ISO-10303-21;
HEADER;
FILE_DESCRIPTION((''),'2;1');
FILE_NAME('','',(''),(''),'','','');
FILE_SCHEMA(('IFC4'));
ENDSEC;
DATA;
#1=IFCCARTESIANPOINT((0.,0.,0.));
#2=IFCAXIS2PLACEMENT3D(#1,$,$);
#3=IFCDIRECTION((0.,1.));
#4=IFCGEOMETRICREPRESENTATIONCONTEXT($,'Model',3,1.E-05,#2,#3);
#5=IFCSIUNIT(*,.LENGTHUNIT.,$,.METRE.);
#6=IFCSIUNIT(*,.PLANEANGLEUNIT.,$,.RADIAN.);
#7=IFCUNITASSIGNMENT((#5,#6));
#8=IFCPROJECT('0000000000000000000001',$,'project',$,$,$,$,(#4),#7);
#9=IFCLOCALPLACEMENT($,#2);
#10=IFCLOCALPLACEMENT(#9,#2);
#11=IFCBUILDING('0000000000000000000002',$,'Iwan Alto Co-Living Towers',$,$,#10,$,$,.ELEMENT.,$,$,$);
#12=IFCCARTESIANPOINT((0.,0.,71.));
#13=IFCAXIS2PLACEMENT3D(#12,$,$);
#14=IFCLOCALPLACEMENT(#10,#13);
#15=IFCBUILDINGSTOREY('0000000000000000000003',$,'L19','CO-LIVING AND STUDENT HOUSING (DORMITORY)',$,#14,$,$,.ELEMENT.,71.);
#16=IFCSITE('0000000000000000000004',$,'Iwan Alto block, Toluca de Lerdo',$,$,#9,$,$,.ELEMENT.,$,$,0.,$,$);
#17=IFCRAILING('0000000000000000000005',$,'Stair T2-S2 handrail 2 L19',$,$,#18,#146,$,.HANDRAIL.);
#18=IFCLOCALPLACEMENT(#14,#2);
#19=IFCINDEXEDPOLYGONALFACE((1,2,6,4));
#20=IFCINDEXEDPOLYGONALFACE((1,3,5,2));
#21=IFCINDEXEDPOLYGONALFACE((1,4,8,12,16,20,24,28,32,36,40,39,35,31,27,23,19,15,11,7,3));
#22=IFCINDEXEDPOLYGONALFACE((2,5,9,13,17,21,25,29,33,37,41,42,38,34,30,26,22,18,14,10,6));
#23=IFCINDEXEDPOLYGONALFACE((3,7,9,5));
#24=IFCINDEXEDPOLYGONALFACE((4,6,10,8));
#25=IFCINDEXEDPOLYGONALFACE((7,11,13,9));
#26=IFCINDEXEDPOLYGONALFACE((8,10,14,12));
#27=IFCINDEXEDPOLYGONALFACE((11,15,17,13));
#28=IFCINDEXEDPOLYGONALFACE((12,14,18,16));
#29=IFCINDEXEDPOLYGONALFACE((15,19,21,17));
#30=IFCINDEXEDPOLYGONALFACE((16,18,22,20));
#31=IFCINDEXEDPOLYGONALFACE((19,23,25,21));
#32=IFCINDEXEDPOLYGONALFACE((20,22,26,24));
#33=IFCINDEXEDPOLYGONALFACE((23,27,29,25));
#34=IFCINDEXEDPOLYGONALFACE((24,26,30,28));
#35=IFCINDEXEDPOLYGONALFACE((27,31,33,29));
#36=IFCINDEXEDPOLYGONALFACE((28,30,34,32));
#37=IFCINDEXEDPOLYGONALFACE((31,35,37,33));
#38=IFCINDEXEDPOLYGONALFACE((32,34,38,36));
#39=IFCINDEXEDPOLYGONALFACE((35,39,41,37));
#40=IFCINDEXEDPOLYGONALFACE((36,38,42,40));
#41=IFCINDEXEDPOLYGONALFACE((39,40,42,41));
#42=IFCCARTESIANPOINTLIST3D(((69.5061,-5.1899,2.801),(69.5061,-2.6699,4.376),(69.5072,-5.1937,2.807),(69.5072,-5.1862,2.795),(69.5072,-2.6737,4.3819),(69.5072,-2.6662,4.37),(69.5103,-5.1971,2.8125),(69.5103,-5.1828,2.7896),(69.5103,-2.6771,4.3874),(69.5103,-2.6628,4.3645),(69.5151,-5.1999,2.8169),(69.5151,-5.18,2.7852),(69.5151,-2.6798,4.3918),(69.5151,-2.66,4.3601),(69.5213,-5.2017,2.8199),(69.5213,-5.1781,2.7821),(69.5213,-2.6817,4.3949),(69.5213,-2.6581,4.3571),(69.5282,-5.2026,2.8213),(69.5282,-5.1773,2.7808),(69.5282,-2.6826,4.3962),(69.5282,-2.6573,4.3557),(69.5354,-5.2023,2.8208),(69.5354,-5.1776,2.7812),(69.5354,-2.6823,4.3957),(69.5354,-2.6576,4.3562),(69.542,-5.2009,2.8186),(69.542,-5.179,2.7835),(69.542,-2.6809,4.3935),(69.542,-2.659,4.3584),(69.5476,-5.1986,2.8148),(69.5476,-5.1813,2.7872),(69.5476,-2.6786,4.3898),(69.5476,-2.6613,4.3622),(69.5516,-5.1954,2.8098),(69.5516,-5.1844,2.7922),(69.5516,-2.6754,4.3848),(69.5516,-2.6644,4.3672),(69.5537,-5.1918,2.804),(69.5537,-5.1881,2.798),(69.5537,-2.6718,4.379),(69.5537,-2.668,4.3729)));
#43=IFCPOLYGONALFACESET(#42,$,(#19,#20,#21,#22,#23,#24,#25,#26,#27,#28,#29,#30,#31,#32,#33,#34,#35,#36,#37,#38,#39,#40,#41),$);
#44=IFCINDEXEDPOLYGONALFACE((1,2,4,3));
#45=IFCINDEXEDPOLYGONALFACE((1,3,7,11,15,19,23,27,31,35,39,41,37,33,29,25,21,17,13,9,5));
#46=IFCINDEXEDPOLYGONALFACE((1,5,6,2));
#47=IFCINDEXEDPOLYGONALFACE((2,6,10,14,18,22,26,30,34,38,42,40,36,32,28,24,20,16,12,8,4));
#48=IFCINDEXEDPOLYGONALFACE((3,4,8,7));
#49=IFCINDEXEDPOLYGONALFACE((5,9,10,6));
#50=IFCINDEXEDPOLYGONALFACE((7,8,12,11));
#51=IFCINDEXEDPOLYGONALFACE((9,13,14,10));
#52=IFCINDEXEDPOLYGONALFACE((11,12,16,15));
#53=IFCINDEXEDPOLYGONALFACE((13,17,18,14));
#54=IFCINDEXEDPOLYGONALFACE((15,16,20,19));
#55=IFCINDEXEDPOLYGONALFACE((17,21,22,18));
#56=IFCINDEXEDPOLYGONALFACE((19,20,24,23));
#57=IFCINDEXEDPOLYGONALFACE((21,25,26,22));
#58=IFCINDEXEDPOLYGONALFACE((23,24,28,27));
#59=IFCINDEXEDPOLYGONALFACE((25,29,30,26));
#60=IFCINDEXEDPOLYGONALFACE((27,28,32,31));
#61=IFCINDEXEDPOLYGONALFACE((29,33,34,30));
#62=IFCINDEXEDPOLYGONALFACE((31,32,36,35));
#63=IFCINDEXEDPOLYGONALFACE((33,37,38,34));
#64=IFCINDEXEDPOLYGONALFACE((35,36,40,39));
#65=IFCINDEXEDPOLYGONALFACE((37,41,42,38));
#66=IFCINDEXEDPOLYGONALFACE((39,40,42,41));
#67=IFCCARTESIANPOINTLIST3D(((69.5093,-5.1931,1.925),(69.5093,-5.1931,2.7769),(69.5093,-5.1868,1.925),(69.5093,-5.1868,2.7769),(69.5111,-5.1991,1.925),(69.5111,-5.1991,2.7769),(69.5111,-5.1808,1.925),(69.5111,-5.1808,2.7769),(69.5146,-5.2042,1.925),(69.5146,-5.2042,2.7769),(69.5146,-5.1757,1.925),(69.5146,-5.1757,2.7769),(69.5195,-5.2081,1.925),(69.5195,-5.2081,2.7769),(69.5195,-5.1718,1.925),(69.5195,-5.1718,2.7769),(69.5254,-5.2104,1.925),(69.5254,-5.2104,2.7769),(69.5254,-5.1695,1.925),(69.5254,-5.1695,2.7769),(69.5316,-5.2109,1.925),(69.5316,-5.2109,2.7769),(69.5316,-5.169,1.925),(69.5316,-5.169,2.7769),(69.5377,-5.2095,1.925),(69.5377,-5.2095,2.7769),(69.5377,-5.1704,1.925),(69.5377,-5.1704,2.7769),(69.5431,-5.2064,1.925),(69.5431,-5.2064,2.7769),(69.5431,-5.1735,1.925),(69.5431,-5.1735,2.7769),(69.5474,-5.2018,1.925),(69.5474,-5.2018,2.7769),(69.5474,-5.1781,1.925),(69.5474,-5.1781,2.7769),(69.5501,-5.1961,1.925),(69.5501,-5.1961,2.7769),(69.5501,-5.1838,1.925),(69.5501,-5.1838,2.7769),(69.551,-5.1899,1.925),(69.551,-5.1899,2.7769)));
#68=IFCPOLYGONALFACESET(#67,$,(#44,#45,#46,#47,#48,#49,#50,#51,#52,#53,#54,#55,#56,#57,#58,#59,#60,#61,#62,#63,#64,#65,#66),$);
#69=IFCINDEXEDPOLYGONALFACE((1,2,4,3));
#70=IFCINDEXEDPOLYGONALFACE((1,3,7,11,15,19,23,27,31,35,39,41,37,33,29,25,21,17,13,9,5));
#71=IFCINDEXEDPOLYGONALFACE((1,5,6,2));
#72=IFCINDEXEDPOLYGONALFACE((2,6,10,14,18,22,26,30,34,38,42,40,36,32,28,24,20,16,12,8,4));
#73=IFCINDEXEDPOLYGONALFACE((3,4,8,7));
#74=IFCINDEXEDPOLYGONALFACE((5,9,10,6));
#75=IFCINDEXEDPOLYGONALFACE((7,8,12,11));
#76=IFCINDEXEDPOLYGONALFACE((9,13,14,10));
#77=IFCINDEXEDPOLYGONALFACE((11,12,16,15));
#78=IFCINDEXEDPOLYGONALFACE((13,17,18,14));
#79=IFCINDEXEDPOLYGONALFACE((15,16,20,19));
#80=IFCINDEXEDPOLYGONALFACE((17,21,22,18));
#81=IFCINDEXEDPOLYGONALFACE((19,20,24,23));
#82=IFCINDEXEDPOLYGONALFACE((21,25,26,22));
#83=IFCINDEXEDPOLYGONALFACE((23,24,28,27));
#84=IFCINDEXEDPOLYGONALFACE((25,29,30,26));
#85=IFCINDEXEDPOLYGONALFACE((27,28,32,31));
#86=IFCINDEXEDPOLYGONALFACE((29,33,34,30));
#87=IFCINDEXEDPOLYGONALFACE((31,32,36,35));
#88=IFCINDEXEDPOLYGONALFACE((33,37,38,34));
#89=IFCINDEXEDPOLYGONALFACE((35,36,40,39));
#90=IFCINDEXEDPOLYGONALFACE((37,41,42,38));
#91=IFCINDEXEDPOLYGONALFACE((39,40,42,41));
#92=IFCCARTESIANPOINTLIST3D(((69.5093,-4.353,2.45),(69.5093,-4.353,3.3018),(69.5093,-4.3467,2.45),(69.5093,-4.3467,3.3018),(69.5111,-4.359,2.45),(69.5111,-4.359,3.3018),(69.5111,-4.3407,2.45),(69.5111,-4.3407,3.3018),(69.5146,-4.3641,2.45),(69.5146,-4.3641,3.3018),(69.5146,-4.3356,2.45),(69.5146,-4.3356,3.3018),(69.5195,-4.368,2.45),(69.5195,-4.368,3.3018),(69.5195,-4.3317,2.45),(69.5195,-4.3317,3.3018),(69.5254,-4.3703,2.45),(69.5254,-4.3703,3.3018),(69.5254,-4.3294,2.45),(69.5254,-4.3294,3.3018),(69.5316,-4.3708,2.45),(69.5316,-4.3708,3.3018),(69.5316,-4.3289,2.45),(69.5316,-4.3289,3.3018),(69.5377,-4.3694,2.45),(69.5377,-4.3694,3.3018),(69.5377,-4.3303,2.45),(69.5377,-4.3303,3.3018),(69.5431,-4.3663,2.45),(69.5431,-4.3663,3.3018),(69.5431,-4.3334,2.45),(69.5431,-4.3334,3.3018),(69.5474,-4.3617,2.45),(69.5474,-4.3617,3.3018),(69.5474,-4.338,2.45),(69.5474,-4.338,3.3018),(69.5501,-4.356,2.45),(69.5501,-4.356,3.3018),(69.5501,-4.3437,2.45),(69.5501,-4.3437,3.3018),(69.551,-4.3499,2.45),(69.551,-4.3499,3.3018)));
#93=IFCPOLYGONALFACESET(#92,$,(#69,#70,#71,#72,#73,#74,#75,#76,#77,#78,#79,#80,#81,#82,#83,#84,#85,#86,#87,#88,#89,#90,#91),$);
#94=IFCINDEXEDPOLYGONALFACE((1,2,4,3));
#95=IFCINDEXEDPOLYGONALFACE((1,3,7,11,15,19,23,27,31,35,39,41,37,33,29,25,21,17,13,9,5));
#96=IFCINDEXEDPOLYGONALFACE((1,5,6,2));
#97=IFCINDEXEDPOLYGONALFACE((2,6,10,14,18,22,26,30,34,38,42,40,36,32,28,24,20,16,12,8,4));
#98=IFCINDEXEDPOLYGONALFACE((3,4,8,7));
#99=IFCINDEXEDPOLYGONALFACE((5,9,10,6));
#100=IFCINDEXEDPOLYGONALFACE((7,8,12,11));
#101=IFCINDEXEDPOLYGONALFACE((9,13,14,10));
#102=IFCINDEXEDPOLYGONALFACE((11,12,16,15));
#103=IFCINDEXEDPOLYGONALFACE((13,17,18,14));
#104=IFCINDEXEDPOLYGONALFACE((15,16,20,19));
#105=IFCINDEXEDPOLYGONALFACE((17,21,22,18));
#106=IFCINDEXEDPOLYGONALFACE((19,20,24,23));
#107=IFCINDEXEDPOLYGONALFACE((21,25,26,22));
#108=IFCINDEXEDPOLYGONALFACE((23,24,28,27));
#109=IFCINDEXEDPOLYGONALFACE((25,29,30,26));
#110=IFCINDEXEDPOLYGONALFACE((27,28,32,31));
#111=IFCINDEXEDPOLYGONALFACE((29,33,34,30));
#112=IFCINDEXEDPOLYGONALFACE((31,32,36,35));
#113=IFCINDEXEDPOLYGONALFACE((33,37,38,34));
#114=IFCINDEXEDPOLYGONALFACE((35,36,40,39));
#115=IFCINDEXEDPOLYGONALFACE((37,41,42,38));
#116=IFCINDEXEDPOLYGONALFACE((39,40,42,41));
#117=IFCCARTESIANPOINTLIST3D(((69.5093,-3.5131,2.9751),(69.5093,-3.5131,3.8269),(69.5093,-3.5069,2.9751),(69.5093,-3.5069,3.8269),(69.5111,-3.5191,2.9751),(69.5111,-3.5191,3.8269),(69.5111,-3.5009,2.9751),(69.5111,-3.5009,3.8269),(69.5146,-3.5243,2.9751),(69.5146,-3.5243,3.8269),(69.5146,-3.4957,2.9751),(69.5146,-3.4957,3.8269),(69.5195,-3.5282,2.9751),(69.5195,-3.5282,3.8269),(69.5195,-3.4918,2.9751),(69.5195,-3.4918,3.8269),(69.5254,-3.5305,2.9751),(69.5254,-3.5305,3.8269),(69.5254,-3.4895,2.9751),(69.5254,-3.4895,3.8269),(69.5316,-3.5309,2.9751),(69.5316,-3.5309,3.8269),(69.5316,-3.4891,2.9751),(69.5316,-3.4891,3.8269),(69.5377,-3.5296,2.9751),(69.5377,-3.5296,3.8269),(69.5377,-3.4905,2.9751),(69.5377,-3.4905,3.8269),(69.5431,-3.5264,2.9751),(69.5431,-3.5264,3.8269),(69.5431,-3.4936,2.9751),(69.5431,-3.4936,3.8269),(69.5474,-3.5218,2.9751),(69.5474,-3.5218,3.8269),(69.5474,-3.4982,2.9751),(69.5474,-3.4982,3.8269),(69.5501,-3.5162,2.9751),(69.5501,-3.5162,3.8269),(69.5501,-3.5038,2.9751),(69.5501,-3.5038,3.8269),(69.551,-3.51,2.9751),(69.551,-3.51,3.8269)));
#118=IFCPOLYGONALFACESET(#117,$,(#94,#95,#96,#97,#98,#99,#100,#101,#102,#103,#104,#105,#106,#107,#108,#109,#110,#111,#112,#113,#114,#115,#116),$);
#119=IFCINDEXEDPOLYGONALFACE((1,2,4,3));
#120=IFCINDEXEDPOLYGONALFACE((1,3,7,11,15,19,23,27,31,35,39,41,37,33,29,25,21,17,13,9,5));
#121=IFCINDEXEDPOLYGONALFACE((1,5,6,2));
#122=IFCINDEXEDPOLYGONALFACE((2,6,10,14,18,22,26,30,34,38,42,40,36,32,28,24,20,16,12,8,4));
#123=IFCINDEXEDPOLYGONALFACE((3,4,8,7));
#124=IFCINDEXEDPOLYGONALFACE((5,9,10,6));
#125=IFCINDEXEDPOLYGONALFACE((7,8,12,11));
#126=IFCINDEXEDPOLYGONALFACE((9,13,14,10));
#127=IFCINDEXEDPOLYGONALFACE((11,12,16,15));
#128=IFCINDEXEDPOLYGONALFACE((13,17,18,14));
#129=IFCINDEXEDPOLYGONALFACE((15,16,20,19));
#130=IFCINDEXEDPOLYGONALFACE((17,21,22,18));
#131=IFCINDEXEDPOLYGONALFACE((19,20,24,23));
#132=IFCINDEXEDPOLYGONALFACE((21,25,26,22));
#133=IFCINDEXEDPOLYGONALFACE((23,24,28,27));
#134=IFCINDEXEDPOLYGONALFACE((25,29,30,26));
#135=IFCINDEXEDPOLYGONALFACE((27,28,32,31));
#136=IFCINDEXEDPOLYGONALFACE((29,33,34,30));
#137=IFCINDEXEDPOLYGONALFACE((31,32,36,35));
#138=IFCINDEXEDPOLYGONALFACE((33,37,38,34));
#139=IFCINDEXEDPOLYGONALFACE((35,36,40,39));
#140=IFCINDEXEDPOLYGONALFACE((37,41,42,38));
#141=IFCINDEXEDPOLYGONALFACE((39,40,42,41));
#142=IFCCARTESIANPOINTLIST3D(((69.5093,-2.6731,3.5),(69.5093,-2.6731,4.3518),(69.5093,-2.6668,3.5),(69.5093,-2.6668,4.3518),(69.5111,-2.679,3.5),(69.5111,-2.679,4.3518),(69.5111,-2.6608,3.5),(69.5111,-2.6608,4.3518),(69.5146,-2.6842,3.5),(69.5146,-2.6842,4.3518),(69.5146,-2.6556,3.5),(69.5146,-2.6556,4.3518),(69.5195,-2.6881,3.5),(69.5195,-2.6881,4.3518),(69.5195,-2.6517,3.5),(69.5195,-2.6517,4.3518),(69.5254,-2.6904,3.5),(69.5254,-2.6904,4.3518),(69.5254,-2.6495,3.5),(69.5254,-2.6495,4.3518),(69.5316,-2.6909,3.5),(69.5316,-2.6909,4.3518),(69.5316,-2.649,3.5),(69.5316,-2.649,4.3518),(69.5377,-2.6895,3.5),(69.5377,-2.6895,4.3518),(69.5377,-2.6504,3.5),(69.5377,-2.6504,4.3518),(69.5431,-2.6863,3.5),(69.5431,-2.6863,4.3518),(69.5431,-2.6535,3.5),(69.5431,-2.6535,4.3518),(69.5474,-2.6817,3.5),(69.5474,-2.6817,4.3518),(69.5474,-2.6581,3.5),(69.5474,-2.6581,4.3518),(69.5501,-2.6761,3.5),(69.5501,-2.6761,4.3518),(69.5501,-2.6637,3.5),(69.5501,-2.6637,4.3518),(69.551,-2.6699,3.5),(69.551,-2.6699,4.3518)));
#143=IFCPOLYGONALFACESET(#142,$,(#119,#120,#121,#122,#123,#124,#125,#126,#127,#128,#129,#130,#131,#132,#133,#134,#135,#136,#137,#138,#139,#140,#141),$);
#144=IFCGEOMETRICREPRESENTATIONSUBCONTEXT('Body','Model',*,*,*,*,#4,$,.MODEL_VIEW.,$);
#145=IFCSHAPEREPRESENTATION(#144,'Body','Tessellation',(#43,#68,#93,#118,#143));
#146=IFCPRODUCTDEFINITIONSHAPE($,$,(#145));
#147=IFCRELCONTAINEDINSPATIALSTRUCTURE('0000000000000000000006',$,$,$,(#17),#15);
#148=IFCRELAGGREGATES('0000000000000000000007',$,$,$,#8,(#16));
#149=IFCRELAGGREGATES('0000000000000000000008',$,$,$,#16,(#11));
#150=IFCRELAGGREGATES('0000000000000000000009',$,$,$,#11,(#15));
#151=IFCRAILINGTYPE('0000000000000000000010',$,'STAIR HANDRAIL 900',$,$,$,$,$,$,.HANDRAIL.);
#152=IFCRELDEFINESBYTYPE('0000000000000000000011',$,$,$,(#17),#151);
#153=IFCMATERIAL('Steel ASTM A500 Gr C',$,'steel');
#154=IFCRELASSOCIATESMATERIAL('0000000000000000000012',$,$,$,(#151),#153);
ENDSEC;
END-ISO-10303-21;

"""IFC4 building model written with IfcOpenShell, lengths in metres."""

from ifc_helpers import new_model, si_unit, direction, frame, origin, origin_2d, place, context, subcontext, project, spatial, circle, extrude, material, type_object, element, save


model = new_model("IFC4")

# Units and contexts
model_context = context("Model", 3, precision=1e-05, world=origin(), true_north=direction((0.0, 1.0)))
body_context = subcontext(model_context, "Body", "Model", "MODEL_VIEW")
ifc_project = project(units=[si_unit("LENGTHUNIT", "METRE"), si_unit("PLANEANGLEUNIT", "RADIAN")], contexts=[model_context])

# Site, building, storey
site_placement = place(None, origin())
site = spatial("IfcSite", under=ifc_project, at=site_placement, Name="Iwan Alto block, Toluca de Lerdo", CompositionType="ELEMENT", RefElevation=0.0)
building_placement = place(site_placement, origin())
building = spatial("IfcBuilding", under=site, at=building_placement, Name="Iwan Alto Co-Living Towers", CompositionType="ELEMENT")
storey_placement = place(building_placement, frame((0.0, 0.0, 71.0)))
storey = spatial("IfcBuildingStorey", under=building, at=storey_placement, Name="L19", Description="CO-LIVING AND STUDENT HOUSING (DORMITORY)", CompositionType="ELEMENT", Elevation=71.0)

# Railing
ifc_material_1 = material(Name="Steel ASTM A500 Gr C", Category="steel")
railing_type = type_object("IfcRailingType", Name="STAIR HANDRAIL 900", PredefinedType="HANDRAIL", material=ifc_material_1)
railing_placement = place(storey_placement, frame((69.53, -5.1899, 1.925)))
element("IfcRailing", 1, at=railing_placement, inside=storey, type_object=railing_type, Name="Stair T2-S2 handrail 2 L19", PredefinedType="HANDRAIL", context=body_context, shape_type="SweptSolid", body=[
    extrude(circle(Radius=0.0239, at=origin_2d()), frame((0.0, 0.0, 0.876), z_axis=(0.0, 0.848008, 0.529984), x_axis=(-1.0, 0.0, 0.0)), (0.0, 0.0, 1.0), 2.9717),
    extrude(circle(Radius=0.021, at=origin_2d()), origin(), (0.0, 0.0, 1.0), 0.8518),
    extrude(circle(Radius=0.021, at=origin_2d()), frame((0.0, 0.8401, 0.5249)), (0.0, 0.0, 1.0), 0.8518),
    extrude(circle(Radius=0.021, at=origin_2d()), frame((0.0, 1.6799, 1.05)), (0.0, 0.0, 1.0), 0.8518),
    extrude(circle(Radius=0.021, at=origin_2d()), frame((0.0, 2.52, 1.575)), (0.0, 0.0, 1.0), 0.8518),
])

save(model, "model.ifc")
